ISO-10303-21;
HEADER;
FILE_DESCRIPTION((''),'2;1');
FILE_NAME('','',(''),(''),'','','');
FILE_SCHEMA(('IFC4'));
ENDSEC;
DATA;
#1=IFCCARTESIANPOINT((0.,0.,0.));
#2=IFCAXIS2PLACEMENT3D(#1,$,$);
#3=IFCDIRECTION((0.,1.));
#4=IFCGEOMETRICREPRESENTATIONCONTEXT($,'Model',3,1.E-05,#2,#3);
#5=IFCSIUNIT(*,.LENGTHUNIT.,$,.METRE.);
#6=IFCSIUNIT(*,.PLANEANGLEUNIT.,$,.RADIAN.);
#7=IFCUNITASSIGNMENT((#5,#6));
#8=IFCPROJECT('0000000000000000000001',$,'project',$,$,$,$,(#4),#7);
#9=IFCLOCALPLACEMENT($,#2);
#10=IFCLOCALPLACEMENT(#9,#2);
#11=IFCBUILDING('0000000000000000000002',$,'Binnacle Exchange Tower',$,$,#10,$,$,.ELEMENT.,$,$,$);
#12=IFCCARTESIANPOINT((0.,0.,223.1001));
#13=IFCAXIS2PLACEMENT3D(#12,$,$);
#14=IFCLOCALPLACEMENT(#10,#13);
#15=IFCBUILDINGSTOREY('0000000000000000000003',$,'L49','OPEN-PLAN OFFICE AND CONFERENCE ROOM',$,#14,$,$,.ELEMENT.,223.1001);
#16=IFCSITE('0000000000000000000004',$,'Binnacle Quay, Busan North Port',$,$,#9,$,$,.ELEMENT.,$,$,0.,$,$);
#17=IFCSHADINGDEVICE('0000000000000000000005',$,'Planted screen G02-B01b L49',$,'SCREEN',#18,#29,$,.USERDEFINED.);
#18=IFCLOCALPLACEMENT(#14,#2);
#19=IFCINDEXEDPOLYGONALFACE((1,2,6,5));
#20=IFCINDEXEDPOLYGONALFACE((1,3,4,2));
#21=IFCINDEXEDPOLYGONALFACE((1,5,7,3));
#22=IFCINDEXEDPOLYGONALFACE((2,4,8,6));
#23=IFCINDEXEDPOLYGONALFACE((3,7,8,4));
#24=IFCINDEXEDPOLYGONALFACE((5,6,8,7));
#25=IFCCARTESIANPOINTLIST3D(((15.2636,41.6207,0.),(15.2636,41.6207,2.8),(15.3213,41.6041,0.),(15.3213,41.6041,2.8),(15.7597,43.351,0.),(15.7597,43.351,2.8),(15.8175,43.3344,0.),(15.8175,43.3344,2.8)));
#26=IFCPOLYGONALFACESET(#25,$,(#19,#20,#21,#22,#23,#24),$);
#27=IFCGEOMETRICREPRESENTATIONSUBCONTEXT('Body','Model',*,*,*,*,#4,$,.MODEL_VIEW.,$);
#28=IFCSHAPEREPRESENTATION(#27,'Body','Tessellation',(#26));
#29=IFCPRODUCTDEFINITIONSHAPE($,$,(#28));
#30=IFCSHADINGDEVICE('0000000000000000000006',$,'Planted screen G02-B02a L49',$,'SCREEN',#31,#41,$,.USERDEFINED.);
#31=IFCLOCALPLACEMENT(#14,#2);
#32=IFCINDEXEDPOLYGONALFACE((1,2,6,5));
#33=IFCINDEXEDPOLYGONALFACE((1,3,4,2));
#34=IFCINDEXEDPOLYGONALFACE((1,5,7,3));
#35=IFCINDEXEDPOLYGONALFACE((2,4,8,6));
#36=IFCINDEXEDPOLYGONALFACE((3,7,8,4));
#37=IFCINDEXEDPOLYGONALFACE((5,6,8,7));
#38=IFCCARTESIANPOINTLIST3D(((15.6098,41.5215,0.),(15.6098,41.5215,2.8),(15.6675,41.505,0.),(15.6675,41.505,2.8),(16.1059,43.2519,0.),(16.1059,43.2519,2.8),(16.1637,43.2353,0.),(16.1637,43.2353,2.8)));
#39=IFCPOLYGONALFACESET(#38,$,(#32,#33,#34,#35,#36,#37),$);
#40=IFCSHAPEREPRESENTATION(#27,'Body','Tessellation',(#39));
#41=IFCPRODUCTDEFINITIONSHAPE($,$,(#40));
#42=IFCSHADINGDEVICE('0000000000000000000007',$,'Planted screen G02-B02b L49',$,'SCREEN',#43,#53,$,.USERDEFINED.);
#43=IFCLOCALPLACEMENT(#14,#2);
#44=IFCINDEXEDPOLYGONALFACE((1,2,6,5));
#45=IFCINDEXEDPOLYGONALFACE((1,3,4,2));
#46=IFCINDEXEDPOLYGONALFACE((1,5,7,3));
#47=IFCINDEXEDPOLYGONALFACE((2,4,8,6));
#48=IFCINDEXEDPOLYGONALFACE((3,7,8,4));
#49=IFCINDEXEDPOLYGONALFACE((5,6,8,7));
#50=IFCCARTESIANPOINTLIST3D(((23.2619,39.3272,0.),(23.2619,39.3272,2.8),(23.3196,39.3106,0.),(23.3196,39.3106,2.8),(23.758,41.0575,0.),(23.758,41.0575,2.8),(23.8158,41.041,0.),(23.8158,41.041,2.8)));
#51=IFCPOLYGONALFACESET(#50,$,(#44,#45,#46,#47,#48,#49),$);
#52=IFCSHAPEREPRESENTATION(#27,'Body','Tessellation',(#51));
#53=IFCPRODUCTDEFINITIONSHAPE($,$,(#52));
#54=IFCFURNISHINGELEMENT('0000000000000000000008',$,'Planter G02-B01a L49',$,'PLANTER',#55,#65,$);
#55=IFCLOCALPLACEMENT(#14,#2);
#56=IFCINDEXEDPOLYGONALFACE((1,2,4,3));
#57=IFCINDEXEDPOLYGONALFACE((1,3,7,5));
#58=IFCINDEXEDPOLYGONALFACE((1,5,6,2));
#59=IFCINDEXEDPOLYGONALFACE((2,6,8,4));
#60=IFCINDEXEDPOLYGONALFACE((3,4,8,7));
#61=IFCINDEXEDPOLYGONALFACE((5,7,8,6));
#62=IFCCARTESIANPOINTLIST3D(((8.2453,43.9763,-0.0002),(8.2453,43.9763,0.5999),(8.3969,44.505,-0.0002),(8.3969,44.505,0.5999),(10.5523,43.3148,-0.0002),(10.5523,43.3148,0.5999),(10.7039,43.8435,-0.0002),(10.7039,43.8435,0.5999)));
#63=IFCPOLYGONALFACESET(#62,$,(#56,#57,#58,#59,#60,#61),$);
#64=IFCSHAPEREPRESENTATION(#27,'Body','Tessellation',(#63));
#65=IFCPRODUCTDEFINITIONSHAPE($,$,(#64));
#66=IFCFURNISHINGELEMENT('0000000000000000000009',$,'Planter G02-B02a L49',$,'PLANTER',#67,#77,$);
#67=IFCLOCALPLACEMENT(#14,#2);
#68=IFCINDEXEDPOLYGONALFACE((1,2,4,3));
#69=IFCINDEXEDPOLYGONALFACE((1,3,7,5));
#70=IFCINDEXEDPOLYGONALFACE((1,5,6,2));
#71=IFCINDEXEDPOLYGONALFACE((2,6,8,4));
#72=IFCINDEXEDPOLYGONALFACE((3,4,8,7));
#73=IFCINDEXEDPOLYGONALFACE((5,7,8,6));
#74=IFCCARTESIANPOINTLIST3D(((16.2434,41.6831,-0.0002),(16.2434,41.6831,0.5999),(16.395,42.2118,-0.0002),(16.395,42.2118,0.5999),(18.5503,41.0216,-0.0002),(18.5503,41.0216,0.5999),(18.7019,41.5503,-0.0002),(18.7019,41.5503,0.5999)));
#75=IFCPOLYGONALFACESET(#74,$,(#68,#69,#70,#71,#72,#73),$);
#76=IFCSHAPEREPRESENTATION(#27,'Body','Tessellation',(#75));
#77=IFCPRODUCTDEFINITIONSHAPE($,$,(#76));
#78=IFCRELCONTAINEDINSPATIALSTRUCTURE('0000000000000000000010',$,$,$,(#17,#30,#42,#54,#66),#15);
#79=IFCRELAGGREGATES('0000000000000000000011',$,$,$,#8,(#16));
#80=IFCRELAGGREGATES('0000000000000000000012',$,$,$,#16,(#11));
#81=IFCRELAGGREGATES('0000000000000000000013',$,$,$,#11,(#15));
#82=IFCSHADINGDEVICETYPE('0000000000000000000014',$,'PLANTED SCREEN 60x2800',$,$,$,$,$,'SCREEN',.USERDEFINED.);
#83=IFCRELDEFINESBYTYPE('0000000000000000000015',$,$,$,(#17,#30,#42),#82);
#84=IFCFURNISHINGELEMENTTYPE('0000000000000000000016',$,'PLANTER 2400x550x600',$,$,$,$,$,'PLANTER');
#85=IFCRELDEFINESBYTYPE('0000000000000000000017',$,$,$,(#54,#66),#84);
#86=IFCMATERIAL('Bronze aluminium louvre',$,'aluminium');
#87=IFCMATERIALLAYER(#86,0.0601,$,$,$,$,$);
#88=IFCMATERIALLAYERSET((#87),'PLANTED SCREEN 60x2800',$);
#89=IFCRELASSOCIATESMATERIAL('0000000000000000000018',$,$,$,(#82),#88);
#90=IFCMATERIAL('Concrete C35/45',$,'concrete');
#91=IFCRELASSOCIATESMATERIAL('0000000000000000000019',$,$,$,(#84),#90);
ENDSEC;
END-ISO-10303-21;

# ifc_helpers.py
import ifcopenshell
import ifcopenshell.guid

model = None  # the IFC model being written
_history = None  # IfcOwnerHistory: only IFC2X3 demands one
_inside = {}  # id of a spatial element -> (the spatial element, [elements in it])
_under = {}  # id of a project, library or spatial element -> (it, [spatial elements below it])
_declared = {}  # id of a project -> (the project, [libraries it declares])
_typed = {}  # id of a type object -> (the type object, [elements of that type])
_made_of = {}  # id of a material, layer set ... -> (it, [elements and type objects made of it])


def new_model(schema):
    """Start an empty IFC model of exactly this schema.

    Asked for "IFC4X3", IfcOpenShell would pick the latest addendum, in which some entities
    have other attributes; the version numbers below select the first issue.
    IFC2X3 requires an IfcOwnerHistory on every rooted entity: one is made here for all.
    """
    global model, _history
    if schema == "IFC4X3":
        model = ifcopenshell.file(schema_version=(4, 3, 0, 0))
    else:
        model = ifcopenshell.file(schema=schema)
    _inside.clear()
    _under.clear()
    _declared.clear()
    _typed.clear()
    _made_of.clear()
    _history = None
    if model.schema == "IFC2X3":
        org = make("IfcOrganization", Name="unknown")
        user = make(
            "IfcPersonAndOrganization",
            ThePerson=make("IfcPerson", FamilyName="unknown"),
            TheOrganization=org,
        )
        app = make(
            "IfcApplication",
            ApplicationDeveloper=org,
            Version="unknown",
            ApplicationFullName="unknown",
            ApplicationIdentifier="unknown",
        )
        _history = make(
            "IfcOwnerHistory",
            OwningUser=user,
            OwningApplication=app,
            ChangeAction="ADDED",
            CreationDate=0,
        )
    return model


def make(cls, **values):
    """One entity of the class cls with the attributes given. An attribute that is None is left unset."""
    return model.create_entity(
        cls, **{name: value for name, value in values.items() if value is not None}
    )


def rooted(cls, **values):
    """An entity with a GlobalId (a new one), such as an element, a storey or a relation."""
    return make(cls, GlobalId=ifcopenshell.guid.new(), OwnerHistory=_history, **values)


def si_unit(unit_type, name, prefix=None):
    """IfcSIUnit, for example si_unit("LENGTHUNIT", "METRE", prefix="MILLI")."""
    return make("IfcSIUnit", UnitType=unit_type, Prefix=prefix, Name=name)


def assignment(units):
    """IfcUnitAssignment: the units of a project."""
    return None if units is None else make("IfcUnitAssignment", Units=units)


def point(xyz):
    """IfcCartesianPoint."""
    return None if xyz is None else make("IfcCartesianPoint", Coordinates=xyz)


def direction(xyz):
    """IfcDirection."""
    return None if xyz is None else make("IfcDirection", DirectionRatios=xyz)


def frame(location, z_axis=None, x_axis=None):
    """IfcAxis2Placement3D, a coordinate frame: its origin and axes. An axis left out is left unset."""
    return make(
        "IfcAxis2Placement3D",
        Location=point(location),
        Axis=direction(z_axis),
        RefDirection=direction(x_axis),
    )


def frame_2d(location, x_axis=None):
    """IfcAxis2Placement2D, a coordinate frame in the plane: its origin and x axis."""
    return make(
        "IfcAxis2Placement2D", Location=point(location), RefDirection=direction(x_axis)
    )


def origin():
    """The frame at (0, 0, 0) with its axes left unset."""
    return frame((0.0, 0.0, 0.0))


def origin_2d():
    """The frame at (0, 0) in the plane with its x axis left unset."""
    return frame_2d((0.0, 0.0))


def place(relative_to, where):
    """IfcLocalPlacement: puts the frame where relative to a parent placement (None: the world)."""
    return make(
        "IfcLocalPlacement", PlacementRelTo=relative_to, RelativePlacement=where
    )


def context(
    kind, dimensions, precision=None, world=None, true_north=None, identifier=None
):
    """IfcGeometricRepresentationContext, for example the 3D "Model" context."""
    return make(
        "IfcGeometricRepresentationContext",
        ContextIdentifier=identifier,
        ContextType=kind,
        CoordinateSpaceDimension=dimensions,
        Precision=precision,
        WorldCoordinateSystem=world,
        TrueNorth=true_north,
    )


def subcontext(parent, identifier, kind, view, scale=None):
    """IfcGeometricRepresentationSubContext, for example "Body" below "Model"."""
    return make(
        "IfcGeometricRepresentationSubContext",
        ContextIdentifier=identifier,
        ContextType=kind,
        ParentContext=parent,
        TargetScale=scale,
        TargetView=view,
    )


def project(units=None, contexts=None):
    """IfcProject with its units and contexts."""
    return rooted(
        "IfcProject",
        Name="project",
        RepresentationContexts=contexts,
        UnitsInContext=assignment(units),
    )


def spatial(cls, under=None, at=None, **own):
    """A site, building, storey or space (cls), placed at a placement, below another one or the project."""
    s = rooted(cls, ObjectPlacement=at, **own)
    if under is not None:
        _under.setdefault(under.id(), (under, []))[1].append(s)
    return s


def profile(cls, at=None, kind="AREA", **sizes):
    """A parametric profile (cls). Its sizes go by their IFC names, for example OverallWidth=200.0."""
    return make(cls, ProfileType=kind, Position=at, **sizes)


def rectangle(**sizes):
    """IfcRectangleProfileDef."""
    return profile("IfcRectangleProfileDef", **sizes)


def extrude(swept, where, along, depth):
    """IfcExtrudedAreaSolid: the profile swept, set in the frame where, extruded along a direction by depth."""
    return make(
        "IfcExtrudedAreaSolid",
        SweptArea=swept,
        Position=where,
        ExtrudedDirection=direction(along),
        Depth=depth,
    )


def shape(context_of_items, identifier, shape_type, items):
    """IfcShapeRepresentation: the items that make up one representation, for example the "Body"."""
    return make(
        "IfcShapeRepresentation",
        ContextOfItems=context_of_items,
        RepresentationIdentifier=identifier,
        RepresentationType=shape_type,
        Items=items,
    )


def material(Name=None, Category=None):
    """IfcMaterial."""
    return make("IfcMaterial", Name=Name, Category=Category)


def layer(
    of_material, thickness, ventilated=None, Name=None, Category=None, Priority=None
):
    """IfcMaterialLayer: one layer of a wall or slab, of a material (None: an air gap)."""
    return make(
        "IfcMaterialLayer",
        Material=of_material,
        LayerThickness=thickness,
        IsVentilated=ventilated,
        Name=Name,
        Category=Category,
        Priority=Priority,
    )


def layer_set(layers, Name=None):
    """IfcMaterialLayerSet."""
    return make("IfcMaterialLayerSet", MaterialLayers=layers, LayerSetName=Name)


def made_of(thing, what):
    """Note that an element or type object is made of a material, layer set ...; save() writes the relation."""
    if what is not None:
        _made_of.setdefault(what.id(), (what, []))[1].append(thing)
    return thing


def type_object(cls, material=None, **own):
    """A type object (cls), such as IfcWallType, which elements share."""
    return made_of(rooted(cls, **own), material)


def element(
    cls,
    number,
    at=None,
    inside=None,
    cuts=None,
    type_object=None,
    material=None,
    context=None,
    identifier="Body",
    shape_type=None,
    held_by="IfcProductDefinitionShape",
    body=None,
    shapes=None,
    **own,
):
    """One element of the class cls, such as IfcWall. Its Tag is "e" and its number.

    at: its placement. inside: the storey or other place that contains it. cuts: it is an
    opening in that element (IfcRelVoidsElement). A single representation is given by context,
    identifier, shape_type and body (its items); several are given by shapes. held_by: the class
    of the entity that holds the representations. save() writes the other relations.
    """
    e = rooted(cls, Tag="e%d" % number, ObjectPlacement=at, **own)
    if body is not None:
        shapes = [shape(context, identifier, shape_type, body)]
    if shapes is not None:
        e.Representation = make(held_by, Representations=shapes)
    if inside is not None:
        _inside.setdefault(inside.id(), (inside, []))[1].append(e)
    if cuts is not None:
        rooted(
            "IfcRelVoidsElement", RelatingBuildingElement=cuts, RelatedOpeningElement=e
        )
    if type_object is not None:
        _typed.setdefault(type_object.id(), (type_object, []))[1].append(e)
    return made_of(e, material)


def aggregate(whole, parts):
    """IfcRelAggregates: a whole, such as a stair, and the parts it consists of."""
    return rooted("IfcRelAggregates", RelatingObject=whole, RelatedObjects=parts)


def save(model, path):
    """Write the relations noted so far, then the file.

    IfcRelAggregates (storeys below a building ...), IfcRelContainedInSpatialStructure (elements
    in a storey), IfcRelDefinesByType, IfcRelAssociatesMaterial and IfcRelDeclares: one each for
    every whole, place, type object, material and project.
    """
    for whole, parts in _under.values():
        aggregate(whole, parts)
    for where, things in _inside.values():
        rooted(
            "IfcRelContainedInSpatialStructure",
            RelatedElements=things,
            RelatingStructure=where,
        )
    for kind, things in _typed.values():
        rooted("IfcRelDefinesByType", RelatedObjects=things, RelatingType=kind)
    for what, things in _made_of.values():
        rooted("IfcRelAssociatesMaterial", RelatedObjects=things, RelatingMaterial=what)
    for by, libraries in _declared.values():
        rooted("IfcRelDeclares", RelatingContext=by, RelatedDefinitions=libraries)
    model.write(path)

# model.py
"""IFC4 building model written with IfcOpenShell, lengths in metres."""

from ifc_helpers import new_model, si_unit, direction, frame, origin, origin_2d, place, context, subcontext, project, spatial, rectangle, extrude, material, layer, layer_set, type_object, element, save


model = new_model("IFC4")

# Units and contexts
model_context = context("Model", 3, precision=1e-05, world=origin(), true_north=direction((0.0, 1.0)))
body_context = subcontext(model_context, "Body", "Model", "MODEL_VIEW")
ifc_project = project(units=[si_unit("LENGTHUNIT", "METRE"), si_unit("PLANEANGLEUNIT", "RADIAN")], contexts=[model_context])

# Site, building, storey
site_placement = place(None, origin())
site = spatial("IfcSite", under=ifc_project, at=site_placement, Name="Binnacle Quay, Busan North Port", CompositionType="ELEMENT", RefElevation=0.0)
building_placement = place(site_placement, origin())
building = spatial("IfcBuilding", under=site, at=building_placement, Name="Binnacle Exchange Tower", CompositionType="ELEMENT")
storey_placement = place(building_placement, frame((0.0, 0.0, 223.1001)))
storey = spatial("IfcBuildingStorey", under=building, at=storey_placement, Name="L49", Description="OPEN-PLAN OFFICE AND CONFERENCE ROOM", CompositionType="ELEMENT", Elevation=223.1001)

# Shared definitions
ifc_material_1 = material(Name="Concrete C35/45", Category="concrete")

# Shading devices
ifc_material_2 = material(Name="Bronze aluminium louvre", Category="aluminium")
ifc_layer_1 = layer(ifc_material_2, 0.0601)
ifc_layer_set_1 = layer_set([ifc_layer_1], Name="PLANTED SCREEN 60x2800")
shading_device_type = type_object("IfcShadingDeviceType", Name="PLANTED SCREEN 60x2800", ElementType="SCREEN", PredefinedType="USERDEFINED", material=ifc_layer_set_1)
for number, where, z_axis, x_axis, name in (
    (1, (15.5405, 42.4775, 0.0), (0.0, 0.0, 1.0), (0.961262, -0.275637, 0.0), "Planted screen G02-B01b L49"),
    (2, (15.8867, 42.3784, 0.0), (0.0, 0.0, 1.0), (0.961262, -0.275637, 0.0), "Planted screen G02-B02a L49"),
    (3, (23.5388, 40.1841, 0.0), (0.0, 0.0, 1.0), (0.961262, -0.275637, 0.0), "Planted screen G02-B02b L49"),
):
    element("IfcShadingDevice", number, at=place(storey_placement, frame(where, z_axis=z_axis, x_axis=x_axis)), inside=storey, type_object=shading_device_type, Name=name, ObjectType="SCREEN", PredefinedType="USERDEFINED", context=body_context, shape_type="SweptSolid", body=[
        extrude(rectangle(XDim=0.0601, YDim=1.8, at=origin_2d()), origin(), (0.0, 0.0, 1.0), 2.8),
    ])

# Furnishing elements
furnishing_element_type = type_object("IfcFurnishingElementType", Name="PLANTER 2400x550x600", ElementType="PLANTER", material=ifc_material_1)
for number, where, z_axis, x_axis, name in (
    (4, (9.4746, 43.9099, -0.0002), (0.0, 0.0, 1.0), (0.961262, -0.275637, 0.0), "Planter G02-B01a L49"),
    (5, (17.4727, 41.6167, -0.0002), (0.0, 0.0, 1.0), (0.961262, -0.275637, 0.0), "Planter G02-B02a L49"),
):
    element("IfcFurnishingElement", number, at=place(storey_placement, frame(where, z_axis=z_axis, x_axis=x_axis)), inside=storey, type_object=furnishing_element_type, Name=name, ObjectType="PLANTER", context=body_context, shape_type="SweptSolid", body=[
        extrude(rectangle(XDim=2.3999, YDim=0.55, at=origin_2d()), origin(), (0.0, 0.0, 1.0), 0.6001),
    ])

save(model, "model.ifc")
